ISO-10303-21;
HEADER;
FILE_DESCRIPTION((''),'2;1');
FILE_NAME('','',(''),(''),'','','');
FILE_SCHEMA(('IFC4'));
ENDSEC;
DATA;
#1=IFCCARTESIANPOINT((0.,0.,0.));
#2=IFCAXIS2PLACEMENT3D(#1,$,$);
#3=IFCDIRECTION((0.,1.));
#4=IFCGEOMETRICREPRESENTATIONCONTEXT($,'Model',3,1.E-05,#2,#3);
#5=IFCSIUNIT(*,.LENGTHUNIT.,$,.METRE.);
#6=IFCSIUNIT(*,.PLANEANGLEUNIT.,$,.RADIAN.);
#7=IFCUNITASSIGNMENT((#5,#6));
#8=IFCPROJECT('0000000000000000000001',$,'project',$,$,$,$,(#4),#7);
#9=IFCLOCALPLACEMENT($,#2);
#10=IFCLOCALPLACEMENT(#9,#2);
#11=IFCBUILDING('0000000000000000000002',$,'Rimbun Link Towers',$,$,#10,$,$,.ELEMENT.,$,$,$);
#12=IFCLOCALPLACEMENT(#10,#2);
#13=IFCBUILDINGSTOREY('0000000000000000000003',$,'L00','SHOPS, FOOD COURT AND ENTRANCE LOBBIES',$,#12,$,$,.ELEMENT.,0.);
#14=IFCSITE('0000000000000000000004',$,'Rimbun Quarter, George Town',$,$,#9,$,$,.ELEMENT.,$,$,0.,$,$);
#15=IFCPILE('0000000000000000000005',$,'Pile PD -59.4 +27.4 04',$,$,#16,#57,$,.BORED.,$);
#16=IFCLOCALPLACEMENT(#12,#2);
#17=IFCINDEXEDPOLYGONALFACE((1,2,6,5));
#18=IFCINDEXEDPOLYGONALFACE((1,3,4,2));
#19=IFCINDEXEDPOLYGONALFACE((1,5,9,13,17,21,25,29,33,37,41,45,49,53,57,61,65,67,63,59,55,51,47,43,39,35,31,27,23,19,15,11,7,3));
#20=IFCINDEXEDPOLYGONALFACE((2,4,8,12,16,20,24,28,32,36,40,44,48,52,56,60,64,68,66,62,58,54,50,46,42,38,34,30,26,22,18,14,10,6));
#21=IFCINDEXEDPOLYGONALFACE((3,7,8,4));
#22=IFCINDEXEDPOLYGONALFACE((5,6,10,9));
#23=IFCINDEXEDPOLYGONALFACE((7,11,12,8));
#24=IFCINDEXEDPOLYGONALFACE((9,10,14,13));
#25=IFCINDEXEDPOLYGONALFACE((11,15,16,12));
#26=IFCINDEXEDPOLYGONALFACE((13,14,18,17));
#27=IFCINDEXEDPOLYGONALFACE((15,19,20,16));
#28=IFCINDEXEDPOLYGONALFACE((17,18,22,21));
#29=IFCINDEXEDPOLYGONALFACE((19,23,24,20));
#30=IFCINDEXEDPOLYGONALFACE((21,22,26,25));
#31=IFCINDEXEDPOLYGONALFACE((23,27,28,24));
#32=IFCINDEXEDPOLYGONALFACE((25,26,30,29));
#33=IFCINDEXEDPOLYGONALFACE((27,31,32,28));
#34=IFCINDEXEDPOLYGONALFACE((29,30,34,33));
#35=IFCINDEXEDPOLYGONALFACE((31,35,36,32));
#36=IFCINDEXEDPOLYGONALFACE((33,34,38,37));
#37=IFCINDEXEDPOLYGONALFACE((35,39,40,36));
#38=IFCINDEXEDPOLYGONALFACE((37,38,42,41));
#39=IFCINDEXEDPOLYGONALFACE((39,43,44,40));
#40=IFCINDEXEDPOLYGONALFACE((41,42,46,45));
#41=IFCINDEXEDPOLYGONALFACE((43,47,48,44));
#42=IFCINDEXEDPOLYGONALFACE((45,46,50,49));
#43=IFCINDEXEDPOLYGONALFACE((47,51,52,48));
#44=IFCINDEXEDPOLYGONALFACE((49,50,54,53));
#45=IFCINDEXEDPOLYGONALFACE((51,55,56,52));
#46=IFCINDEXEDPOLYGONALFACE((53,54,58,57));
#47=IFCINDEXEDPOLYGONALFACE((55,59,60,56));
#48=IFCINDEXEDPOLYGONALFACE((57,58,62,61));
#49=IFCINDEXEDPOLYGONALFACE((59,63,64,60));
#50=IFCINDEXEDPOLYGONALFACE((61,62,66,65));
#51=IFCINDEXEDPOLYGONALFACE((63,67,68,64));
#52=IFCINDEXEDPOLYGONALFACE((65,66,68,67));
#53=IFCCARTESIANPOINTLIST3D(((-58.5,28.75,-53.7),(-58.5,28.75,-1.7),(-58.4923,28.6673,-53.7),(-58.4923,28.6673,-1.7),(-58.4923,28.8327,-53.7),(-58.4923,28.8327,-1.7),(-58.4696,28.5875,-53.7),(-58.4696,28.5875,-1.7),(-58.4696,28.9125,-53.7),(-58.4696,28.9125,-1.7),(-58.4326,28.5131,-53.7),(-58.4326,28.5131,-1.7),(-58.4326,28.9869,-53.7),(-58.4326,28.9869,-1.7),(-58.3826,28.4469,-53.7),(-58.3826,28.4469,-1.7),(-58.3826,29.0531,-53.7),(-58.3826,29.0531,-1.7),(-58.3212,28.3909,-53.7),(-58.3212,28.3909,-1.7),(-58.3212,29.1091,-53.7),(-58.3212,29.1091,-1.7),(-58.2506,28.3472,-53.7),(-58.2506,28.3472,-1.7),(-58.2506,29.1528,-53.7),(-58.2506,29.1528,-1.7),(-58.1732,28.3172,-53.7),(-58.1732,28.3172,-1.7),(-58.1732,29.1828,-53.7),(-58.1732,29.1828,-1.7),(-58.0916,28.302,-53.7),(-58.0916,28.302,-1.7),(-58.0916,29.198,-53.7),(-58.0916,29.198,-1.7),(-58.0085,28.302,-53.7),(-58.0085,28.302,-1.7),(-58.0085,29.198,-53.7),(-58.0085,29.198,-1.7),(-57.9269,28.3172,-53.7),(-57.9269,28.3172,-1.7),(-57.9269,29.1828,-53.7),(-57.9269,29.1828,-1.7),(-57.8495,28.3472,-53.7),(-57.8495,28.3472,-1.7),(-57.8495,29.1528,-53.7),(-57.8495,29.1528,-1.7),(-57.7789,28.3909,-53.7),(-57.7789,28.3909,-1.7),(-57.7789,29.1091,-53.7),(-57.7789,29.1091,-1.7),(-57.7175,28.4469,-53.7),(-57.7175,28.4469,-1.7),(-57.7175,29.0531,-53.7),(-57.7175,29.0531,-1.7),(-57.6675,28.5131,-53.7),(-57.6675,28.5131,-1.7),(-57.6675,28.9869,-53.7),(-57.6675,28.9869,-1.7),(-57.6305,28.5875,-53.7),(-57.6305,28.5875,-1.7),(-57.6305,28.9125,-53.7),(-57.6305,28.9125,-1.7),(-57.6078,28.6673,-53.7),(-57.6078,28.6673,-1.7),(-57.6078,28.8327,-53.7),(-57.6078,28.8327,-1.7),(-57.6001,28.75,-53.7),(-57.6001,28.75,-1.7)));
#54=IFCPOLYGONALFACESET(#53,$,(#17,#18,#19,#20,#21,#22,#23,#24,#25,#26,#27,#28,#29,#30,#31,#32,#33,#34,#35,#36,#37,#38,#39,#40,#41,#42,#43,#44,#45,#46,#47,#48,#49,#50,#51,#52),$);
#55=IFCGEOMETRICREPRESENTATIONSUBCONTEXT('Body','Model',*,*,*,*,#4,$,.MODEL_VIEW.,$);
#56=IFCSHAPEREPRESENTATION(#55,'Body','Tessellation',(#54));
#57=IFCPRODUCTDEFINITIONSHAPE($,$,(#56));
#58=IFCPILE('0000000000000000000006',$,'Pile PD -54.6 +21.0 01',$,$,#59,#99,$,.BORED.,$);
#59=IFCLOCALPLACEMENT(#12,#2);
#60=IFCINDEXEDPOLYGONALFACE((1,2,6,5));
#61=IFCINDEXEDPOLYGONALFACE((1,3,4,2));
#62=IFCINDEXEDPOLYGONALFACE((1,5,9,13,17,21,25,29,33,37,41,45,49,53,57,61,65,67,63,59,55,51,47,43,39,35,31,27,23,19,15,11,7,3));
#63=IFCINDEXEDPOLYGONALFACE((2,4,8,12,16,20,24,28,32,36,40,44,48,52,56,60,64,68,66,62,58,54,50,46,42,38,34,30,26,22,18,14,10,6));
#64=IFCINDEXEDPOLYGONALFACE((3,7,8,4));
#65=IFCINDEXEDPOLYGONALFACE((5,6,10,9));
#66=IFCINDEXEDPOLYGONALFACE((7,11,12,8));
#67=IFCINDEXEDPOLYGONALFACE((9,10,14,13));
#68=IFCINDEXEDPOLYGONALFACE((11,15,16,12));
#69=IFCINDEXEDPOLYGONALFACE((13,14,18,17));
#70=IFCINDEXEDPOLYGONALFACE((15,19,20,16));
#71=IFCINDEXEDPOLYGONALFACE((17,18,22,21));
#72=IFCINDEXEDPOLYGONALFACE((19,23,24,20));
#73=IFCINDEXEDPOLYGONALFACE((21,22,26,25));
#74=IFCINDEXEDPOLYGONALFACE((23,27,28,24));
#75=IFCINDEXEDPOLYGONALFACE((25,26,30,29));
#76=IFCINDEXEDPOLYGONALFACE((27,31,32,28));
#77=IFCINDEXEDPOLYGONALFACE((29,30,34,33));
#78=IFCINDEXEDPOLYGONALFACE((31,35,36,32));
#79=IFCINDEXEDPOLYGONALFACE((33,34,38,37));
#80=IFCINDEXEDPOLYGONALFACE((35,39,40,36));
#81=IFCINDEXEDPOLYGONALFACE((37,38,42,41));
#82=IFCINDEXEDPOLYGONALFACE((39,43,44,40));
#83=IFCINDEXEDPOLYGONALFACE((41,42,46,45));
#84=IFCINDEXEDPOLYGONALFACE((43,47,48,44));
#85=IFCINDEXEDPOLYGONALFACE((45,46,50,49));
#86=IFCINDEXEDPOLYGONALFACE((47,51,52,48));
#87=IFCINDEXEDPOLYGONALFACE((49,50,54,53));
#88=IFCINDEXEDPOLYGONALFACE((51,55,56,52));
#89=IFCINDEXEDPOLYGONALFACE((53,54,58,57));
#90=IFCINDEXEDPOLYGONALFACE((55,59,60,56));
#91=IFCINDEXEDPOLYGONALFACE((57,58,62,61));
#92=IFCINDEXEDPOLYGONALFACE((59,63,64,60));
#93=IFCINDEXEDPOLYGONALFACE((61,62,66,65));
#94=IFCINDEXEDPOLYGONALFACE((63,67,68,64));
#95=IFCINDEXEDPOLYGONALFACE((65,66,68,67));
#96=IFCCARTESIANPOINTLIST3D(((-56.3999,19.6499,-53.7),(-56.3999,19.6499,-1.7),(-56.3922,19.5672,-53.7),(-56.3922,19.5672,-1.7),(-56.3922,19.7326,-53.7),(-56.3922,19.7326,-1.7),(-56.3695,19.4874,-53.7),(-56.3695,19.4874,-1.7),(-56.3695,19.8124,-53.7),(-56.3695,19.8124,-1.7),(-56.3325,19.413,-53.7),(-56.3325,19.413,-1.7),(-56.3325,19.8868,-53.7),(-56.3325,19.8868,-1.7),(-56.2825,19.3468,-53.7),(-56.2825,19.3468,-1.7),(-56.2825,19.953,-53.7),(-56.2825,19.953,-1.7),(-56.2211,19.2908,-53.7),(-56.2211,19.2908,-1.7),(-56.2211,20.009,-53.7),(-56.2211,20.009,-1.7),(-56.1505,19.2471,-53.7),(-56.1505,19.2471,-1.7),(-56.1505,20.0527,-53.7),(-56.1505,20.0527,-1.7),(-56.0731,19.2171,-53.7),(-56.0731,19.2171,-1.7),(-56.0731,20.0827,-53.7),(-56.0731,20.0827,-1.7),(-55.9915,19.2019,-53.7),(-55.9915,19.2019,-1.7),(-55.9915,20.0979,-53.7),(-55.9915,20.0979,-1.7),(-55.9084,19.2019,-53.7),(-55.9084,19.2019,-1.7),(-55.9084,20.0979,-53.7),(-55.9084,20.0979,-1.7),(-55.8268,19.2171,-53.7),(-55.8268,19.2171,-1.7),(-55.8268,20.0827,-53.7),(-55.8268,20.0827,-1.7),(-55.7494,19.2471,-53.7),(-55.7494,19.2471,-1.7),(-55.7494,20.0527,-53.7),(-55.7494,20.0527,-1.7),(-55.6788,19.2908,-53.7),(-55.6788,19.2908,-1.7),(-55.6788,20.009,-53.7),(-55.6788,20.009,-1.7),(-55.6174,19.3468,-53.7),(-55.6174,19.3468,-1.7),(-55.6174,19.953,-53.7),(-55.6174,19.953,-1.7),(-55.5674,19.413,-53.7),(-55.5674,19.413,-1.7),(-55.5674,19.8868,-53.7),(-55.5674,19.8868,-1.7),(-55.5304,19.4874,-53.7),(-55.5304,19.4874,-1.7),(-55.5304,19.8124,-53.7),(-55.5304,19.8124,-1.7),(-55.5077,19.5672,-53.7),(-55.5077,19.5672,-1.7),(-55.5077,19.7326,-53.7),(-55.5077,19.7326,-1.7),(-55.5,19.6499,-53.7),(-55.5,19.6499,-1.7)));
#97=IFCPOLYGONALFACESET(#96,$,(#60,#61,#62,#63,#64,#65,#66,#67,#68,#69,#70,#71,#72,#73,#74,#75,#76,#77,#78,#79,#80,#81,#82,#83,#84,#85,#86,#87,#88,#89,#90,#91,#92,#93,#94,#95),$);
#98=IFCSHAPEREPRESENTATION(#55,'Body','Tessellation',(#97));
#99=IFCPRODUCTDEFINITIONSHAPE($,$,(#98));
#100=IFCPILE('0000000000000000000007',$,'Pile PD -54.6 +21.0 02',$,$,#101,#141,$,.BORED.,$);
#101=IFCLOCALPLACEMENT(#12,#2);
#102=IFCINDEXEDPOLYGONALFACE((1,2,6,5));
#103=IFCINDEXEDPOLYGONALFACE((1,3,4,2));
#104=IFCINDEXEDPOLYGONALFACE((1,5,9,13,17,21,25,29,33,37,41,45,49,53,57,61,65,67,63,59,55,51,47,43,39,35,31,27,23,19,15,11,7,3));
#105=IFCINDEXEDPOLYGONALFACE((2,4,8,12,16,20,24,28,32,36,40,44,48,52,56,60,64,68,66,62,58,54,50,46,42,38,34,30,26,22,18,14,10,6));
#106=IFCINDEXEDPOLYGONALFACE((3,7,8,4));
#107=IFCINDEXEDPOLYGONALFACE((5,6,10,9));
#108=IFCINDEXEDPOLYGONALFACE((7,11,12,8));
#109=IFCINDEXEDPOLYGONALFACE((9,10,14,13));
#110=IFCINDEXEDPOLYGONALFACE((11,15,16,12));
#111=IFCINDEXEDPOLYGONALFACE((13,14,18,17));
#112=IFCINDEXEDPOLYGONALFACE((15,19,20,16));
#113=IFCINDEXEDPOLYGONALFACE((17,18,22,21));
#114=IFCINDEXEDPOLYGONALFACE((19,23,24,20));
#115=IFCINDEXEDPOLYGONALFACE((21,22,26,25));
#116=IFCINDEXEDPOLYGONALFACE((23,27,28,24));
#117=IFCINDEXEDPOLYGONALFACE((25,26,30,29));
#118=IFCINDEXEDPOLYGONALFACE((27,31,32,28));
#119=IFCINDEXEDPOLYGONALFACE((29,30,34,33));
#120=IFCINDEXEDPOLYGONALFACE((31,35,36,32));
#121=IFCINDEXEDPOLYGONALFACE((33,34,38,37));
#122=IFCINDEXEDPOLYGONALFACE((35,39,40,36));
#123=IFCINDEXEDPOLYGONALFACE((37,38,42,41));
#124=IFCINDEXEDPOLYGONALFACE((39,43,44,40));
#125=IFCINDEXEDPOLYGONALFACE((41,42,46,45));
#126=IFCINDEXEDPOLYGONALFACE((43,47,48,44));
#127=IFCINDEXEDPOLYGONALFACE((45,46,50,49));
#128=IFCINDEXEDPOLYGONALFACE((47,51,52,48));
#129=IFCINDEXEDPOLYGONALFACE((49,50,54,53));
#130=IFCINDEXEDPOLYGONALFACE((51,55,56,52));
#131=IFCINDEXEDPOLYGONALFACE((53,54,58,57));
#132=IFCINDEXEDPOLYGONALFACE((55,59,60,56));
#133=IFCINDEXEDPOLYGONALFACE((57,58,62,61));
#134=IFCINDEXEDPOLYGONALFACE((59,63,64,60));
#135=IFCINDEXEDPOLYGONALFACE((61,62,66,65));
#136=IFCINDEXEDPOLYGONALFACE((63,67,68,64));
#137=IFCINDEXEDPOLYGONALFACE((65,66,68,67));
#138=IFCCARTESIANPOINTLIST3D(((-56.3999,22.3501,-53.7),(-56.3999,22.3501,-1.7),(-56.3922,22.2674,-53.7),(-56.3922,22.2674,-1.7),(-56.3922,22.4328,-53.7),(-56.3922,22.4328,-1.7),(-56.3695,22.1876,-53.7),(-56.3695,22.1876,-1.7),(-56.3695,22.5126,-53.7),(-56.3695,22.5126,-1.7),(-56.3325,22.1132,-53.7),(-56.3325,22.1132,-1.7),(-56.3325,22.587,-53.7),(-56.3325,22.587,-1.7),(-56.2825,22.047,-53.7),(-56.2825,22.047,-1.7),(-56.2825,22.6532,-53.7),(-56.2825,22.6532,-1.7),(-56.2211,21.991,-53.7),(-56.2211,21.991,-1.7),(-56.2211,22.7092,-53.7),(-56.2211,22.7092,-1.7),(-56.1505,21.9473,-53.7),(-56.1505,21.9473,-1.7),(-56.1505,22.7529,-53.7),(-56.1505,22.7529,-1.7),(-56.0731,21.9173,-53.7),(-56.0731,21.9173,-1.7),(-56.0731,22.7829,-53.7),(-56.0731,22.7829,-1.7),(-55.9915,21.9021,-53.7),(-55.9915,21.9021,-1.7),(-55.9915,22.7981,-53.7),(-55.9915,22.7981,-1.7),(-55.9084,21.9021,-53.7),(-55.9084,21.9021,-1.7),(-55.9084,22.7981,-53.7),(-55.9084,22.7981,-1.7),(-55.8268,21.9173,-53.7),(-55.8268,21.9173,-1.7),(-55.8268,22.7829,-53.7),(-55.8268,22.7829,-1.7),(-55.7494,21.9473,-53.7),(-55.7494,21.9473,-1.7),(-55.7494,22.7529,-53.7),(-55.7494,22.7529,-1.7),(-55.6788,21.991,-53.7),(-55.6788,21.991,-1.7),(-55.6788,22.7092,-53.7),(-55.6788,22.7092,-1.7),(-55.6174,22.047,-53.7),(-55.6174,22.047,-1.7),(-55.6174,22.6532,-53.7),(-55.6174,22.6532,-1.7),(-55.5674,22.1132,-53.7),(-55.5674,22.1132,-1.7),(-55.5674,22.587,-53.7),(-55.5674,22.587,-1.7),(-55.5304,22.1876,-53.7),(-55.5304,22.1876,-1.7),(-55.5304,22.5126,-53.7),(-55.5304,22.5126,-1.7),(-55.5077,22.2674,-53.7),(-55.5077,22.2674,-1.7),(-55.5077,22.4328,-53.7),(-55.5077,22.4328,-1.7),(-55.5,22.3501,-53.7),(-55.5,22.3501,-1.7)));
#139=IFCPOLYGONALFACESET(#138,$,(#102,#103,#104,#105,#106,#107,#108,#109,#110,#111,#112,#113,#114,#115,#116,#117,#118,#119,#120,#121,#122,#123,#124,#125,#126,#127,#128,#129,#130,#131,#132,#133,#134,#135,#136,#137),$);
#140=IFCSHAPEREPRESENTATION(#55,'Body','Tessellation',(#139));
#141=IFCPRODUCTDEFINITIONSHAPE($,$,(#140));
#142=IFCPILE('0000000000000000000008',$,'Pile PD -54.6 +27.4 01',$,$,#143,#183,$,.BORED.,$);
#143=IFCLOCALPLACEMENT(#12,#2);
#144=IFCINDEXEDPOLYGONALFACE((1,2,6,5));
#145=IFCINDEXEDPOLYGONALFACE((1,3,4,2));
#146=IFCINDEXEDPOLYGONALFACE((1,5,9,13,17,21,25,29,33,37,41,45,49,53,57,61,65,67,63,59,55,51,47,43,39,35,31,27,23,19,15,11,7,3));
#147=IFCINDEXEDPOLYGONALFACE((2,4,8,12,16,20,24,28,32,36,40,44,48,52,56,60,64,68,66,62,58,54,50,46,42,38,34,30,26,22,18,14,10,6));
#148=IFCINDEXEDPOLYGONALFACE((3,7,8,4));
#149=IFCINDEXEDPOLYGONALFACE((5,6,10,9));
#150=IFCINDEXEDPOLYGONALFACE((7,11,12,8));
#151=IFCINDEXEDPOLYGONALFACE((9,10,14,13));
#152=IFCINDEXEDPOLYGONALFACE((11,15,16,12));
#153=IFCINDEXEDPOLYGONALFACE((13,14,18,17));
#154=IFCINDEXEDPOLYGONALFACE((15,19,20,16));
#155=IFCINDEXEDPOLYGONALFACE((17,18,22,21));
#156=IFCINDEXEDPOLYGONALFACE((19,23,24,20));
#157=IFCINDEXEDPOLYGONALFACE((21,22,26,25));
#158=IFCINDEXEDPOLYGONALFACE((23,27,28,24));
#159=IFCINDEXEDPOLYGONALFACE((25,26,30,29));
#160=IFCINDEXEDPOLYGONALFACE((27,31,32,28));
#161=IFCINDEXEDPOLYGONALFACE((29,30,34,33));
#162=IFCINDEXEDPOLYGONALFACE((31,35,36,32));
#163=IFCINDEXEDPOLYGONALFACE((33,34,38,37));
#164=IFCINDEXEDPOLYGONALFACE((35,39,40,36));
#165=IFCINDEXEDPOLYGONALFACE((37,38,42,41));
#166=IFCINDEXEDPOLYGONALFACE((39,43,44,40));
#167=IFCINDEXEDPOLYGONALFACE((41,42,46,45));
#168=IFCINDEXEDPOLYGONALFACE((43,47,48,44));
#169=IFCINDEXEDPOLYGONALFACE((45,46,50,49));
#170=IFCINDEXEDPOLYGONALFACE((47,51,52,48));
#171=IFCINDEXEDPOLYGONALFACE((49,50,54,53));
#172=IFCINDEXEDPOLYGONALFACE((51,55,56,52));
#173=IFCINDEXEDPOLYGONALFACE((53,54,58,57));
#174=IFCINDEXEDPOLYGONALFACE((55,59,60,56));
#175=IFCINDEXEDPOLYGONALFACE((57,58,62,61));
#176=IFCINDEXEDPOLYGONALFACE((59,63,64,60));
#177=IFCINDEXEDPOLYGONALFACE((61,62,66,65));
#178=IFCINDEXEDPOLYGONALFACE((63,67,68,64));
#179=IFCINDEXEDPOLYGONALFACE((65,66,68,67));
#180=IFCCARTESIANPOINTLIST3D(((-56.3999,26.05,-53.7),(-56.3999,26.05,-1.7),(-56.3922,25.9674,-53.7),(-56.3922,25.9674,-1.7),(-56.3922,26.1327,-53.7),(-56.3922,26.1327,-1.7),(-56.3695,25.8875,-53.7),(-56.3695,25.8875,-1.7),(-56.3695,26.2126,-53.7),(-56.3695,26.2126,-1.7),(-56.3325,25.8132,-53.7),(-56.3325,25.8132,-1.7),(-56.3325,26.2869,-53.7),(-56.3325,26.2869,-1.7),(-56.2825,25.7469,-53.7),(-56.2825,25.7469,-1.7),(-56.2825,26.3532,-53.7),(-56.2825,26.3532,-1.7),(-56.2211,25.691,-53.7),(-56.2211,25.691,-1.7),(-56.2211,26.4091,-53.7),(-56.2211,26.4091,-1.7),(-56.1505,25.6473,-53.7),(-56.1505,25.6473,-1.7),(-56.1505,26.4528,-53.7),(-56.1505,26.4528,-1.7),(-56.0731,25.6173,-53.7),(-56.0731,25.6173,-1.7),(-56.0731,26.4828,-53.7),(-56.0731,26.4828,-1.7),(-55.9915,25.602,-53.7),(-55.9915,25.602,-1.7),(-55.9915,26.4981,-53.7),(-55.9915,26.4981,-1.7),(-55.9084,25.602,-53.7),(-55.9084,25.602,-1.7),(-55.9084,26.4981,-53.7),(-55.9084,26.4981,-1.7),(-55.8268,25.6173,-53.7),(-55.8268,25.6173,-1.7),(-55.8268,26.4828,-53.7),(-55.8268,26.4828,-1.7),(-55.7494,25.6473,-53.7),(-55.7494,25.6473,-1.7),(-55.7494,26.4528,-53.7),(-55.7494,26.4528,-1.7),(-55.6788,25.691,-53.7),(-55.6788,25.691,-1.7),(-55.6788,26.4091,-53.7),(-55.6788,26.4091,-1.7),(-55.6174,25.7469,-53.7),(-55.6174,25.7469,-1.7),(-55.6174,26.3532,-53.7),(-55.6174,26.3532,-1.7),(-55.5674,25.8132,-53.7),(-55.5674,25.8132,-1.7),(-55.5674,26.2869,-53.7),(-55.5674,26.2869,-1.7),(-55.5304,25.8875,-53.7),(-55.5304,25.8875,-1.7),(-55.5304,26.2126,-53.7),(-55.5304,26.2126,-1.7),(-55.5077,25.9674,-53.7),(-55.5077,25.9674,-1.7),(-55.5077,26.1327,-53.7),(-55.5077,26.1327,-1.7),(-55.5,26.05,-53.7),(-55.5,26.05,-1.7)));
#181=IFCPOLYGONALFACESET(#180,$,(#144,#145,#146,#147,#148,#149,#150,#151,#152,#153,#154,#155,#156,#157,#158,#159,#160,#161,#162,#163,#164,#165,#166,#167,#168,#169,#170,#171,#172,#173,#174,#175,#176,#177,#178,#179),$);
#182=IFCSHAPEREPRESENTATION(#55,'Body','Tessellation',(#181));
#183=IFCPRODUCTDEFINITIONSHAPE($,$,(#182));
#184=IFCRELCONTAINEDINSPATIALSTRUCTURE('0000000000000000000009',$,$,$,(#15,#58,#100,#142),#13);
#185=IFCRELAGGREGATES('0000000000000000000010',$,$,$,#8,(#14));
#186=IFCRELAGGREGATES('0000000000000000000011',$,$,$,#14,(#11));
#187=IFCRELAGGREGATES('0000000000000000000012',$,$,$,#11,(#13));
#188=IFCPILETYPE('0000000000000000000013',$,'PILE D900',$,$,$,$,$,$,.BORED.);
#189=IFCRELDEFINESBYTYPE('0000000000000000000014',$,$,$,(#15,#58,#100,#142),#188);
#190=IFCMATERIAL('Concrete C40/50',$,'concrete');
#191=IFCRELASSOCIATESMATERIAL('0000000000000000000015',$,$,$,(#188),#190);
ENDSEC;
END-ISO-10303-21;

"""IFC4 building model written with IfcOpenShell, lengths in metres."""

from ifc_helpers import new_model, si_unit, direction, frame, origin, origin_2d, place, context, subcontext, project, spatial, circle, extrude, material, material_profile, profile_set, type_object, element, save


model = new_model("IFC4")

# Units and contexts
model_context = context("Model", 3, precision=1e-05, world=origin(), true_north=direction((0.0, 1.0)))
body_context = subcontext(model_context, "Body", "Model", "MODEL_VIEW")
ifc_project = project(units=[si_unit("LENGTHUNIT", "METRE"), si_unit("PLANEANGLEUNIT", "RADIAN")], contexts=[model_context])

# Site, building, storey
site_placement = place(None, origin())
site = spatial("IfcSite", under=ifc_project, at=site_placement, Name="Rimbun Quarter, George Town", CompositionType="ELEMENT", RefElevation=0.0)
building_placement = place(site_placement, origin())
building = spatial("IfcBuilding", under=site, at=building_placement, Name="Rimbun Link Towers", CompositionType="ELEMENT")
storey_placement = place(building_placement, origin())
storey = spatial("IfcBuildingStorey", under=building, at=storey_placement, Name="L00", Description="SHOPS, FOOD COURT AND ENTRANCE LOBBIES", CompositionType="ELEMENT", Elevation=0.0)

# Piles
ifc_material_1 = material(Name="Concrete C40/50", Category="concrete")
ifc_material_profile_1 = material_profile(ifc_material_1, circle(Radius=0.45, at=origin_2d()), Name="PILE D900")
ifc_profile_set_1 = profile_set([ifc_material_profile_1], Name="Concrete C40/50")
pile_type = type_object("IfcPileType", Name="PILE D900", PredefinedType="BORED", material=ifc_profile_set_1)
for number, where, z_axis, x_axis, name in (
    (1, (-58.05, 28.75, -1.7), (0.0, 0.0, -1.0), (1.0, 0.0, 0.0), "Pile PD -59.4 +27.4 04"),
    (2, (-55.95, 19.6499, -1.7), (0.0, 0.0, -1.0), (1.0, 0.0, 0.0), "Pile PD -54.6 +21.0 01"),
    (3, (-55.95, 22.3501, -1.7), (0.0, 0.0, -1.0), (1.0, 0.0, 0.0), "Pile PD -54.6 +21.0 02"),
    (4, (-55.95, 26.05, -1.7), (0.0, 0.0, -1.0), (1.0, 0.0, 0.0), "Pile PD -54.6 +27.4 01"),
):
    element("IfcPile", number, at=place(storey_placement, frame(where, z_axis=z_axis, x_axis=x_axis)), inside=storey, type_object=pile_type, Name=name, PredefinedType="BORED", context=body_context, shape_type="SweptSolid", body=[
        extrude(circle(Radius=0.45, at=origin_2d()), origin(), (0.0, 0.0, 1.0), 52.0),
    ])

save(model, "model.ifc")
